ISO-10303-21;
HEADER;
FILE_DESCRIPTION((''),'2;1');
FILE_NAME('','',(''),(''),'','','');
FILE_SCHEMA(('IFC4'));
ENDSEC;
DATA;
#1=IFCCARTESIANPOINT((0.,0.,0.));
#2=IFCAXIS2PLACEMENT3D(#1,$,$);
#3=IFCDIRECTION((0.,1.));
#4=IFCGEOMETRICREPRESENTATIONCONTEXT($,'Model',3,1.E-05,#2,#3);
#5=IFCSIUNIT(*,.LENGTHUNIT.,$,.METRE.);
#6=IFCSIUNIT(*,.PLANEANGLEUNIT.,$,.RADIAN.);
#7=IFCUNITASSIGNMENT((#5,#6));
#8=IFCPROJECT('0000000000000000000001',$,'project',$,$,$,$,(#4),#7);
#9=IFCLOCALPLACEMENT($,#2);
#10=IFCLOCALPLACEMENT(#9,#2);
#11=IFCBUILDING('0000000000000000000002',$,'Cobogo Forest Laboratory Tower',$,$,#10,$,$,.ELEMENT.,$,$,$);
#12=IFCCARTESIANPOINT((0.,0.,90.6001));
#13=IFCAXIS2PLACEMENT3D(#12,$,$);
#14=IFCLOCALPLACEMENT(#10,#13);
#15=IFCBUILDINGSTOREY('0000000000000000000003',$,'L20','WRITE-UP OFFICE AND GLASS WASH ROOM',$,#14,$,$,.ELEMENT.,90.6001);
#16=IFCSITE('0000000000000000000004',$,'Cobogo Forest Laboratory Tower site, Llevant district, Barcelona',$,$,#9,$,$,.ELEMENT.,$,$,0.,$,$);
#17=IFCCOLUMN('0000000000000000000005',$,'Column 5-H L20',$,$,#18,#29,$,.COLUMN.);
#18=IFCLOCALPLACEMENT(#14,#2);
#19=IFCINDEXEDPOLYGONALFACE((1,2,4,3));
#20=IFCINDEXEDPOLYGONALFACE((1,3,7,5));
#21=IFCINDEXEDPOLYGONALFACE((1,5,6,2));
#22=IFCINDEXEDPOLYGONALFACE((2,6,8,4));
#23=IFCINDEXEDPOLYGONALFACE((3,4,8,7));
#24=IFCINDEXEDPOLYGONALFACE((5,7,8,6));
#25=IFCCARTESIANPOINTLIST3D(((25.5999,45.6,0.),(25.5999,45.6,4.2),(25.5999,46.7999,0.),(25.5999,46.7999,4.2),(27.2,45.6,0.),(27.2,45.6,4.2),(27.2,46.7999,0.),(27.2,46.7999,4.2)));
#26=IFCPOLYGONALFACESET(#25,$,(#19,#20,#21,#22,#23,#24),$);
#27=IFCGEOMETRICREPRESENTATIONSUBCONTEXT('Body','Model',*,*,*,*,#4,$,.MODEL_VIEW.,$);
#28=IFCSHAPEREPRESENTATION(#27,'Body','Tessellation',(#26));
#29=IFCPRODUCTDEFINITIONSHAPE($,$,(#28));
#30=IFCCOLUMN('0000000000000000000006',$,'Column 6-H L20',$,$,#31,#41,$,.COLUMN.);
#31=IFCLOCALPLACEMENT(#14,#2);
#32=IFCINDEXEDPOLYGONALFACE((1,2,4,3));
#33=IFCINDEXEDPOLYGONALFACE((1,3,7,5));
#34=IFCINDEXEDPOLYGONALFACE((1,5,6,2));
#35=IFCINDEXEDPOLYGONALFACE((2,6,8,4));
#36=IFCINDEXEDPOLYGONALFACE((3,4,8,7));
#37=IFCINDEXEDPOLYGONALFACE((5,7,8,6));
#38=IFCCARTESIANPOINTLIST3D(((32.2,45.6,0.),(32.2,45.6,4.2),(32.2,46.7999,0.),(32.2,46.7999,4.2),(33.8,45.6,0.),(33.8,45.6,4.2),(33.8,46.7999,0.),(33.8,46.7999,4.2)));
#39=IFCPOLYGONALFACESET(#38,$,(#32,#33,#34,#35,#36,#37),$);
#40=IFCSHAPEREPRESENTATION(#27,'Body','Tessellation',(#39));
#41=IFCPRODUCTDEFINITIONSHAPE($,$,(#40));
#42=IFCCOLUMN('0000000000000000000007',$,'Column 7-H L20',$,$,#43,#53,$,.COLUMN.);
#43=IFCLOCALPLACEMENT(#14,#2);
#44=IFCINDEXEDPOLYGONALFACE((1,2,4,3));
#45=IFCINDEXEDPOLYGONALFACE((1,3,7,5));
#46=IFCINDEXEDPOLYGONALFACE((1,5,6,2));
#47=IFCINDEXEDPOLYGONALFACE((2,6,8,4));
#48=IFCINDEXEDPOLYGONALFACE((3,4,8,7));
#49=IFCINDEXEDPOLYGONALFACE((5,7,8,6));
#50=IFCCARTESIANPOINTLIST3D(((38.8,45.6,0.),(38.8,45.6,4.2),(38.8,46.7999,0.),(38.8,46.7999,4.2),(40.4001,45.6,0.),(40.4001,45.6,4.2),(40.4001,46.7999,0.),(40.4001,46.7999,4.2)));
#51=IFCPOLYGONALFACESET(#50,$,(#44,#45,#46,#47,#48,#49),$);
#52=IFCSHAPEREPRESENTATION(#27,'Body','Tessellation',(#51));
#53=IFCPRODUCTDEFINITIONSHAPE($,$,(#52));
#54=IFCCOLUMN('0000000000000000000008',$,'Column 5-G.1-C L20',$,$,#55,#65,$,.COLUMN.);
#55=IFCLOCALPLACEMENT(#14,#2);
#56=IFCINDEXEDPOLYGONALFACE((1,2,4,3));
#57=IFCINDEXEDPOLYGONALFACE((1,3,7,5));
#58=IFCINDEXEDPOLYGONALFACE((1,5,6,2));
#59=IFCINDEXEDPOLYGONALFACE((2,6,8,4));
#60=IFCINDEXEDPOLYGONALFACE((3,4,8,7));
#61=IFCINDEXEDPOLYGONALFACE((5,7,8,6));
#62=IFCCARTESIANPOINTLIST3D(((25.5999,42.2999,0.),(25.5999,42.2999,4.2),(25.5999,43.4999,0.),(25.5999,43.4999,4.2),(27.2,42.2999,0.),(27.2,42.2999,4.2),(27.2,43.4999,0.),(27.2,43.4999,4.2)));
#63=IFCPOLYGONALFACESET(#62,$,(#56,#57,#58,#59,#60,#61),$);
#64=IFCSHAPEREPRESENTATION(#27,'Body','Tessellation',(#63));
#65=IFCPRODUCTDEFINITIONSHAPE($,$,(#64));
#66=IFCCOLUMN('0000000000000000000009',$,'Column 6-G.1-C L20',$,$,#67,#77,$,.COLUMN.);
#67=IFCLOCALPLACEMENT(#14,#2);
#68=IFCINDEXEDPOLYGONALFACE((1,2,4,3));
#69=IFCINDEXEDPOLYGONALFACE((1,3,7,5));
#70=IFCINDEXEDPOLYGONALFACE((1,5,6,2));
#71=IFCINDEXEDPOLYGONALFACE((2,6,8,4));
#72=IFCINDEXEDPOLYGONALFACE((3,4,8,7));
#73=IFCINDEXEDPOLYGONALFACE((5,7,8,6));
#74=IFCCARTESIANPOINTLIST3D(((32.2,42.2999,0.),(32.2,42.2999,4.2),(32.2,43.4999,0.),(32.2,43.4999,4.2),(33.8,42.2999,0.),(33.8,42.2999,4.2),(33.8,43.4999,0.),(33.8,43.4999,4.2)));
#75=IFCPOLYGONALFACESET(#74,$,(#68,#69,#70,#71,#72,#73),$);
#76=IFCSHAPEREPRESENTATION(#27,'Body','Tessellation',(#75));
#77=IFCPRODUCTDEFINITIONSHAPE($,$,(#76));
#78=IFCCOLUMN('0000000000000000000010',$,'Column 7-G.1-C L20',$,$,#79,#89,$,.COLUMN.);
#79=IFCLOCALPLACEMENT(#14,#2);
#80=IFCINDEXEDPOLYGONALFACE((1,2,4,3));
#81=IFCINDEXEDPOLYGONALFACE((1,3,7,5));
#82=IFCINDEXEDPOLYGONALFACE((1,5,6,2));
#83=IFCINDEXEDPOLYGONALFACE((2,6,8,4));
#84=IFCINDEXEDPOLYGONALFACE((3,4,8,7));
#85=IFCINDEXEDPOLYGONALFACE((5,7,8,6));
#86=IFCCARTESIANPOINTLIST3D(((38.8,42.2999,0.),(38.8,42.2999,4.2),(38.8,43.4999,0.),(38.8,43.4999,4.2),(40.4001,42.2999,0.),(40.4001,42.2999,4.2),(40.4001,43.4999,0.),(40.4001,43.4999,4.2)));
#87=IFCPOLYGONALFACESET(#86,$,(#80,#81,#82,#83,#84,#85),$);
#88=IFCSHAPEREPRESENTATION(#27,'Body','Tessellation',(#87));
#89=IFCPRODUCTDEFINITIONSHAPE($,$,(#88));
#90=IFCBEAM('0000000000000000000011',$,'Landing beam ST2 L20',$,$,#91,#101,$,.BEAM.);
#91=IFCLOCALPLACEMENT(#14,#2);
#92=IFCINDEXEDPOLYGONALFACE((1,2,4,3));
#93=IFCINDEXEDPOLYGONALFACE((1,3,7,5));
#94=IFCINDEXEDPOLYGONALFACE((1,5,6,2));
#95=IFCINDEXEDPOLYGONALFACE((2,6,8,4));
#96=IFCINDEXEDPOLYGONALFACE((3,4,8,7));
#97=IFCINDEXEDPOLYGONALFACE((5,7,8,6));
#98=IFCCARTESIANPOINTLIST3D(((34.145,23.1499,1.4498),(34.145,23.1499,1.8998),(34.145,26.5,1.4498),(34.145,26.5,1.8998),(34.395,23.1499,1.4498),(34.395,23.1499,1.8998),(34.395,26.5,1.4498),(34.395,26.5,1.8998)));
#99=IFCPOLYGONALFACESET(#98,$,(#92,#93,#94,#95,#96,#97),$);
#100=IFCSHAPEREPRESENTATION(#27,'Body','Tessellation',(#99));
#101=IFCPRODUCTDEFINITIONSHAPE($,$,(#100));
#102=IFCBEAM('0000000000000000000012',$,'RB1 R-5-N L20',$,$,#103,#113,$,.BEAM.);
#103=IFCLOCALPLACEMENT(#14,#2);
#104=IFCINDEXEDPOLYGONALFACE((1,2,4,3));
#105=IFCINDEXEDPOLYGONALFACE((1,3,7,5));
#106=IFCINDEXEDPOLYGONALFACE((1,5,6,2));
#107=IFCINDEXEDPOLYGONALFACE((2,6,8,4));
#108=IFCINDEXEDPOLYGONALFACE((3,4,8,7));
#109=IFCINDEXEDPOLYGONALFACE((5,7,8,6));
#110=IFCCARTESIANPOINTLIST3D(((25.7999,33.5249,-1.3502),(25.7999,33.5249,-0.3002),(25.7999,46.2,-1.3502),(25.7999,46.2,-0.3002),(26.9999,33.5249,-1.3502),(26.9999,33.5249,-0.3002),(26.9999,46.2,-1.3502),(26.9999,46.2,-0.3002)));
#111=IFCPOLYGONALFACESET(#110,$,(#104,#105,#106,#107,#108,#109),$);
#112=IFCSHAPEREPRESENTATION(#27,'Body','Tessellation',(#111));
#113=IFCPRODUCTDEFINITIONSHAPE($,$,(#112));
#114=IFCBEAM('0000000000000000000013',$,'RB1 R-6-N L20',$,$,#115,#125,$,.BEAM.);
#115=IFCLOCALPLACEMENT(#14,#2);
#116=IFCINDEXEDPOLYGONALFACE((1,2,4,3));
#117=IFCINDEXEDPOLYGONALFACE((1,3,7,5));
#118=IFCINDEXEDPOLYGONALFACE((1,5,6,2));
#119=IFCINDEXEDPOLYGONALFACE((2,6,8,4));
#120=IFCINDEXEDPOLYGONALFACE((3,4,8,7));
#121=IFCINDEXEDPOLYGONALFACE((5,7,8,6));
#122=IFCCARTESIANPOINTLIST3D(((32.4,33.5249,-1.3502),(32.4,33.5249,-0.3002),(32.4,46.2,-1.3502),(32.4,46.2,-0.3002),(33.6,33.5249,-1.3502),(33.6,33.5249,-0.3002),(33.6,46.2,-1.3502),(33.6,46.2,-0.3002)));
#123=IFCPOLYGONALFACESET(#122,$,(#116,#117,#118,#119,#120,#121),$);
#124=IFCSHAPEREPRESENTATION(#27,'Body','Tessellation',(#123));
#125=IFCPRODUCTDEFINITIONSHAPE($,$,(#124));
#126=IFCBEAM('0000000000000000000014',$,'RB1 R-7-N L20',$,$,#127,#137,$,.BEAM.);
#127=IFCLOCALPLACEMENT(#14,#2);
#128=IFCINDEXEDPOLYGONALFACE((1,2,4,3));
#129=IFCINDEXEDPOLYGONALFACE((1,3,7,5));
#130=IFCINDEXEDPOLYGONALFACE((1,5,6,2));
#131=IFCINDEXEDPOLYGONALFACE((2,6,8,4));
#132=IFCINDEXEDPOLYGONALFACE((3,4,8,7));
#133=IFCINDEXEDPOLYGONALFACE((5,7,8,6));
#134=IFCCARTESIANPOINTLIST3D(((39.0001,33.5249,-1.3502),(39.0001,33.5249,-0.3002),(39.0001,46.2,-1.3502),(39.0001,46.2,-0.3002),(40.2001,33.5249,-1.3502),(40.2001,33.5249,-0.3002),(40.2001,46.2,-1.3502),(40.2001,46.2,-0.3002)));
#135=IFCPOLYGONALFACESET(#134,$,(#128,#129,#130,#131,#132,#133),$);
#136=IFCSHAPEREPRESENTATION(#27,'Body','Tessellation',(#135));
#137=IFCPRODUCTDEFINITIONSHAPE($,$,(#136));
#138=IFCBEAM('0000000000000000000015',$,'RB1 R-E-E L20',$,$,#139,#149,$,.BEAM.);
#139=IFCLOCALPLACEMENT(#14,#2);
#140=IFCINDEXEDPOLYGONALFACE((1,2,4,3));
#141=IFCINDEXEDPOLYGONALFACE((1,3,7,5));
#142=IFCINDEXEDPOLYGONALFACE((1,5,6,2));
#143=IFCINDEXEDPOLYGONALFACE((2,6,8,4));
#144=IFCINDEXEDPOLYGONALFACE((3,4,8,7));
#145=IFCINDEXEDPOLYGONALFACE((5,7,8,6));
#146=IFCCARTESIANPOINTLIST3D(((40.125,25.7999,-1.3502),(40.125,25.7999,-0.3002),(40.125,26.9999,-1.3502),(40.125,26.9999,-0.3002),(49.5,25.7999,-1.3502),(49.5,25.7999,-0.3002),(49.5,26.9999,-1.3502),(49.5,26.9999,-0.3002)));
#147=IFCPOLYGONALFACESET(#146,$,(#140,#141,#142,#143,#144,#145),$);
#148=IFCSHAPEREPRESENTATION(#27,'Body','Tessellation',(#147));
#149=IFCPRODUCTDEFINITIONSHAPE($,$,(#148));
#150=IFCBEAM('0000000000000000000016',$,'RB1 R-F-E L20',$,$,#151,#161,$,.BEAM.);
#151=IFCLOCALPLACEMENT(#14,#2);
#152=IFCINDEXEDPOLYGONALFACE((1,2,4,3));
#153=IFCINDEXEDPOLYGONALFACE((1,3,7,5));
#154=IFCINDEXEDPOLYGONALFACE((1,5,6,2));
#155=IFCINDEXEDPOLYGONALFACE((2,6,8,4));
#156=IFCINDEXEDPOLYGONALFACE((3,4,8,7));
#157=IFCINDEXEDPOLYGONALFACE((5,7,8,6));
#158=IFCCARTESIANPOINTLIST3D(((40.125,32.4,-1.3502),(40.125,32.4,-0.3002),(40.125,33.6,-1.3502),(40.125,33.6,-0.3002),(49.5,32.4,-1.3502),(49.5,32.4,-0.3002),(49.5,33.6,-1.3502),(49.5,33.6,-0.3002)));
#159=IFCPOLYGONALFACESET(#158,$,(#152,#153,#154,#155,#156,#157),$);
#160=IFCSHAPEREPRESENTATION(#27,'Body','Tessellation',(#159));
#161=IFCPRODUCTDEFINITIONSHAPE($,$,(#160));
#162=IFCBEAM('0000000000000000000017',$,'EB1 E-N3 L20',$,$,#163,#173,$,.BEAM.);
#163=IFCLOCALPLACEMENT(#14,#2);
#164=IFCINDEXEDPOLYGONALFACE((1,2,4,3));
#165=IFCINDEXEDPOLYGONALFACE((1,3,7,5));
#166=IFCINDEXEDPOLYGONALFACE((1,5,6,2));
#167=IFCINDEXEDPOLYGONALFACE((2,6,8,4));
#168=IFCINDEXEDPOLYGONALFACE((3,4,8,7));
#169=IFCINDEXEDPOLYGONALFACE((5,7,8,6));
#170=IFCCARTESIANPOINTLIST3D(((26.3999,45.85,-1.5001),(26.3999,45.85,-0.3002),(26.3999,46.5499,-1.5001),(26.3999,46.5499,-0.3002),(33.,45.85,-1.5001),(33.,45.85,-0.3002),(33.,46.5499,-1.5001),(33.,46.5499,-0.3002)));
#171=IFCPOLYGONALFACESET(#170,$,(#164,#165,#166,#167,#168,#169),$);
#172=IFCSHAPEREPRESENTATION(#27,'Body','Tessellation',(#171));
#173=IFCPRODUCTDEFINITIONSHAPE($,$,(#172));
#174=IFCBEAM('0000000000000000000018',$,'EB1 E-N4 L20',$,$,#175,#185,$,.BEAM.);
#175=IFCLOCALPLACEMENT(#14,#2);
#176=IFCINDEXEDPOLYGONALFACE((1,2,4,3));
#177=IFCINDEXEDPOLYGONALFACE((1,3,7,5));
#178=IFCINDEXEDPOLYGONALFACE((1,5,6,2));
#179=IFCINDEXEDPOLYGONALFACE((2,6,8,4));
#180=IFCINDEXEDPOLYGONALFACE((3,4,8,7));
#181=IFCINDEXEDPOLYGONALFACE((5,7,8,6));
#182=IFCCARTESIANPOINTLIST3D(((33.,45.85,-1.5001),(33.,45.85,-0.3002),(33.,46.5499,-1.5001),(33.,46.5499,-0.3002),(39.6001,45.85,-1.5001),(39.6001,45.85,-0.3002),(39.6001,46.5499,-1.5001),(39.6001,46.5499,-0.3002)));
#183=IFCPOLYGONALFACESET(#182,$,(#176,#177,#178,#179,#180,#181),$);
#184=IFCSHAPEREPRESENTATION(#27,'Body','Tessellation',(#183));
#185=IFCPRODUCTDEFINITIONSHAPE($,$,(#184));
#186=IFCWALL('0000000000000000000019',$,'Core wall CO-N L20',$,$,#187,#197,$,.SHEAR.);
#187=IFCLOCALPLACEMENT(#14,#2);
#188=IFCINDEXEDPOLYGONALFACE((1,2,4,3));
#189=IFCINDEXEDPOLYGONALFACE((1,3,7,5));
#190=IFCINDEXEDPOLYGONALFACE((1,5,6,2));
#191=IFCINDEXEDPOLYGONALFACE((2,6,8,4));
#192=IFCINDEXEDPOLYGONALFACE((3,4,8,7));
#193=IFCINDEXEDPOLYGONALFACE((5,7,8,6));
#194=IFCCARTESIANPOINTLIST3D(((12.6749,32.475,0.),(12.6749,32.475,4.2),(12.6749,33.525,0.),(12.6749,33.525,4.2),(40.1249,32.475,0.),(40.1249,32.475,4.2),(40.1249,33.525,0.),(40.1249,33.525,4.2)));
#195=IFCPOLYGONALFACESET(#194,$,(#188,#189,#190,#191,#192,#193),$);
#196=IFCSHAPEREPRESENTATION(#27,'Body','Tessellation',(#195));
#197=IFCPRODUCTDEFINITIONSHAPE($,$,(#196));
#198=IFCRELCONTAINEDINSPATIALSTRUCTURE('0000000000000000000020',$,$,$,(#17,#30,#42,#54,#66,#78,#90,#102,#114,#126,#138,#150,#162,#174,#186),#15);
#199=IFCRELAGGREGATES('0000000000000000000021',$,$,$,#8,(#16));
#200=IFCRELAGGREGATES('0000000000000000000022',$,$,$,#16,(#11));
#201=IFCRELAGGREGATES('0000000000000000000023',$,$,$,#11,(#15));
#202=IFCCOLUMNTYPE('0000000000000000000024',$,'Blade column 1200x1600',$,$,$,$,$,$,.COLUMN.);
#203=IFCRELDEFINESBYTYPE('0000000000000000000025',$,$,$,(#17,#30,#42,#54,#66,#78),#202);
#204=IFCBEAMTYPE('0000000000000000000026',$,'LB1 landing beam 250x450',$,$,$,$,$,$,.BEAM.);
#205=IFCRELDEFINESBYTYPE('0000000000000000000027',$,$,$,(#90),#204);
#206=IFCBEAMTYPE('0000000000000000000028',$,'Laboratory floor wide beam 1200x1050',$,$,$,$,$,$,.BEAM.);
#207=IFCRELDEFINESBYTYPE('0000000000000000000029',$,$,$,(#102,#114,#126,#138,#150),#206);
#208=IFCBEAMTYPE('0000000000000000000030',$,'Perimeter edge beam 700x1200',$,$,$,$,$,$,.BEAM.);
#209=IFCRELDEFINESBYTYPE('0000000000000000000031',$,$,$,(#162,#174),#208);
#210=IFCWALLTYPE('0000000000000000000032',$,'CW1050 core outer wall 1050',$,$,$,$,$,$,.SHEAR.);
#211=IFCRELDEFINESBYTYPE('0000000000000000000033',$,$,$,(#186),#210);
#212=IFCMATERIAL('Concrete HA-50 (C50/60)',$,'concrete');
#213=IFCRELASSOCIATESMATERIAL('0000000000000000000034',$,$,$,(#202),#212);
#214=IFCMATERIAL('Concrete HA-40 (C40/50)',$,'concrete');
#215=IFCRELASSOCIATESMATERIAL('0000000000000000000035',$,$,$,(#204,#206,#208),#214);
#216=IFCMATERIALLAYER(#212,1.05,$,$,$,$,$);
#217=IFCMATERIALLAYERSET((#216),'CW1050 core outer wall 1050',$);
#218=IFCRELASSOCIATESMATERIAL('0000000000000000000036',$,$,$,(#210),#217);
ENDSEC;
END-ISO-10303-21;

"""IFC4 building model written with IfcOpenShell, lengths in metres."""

from ifc_helpers import new_model, si_unit, direction, frame, frame_2d, origin, origin_2d, place, context, subcontext, project, spatial, rectangle, extrude, material, layer, layer_set, material_profile, profile_set, type_object, element, save


model = new_model("IFC4")

# Units and contexts
model_context = context("Model", 3, precision=1e-05, world=origin(), true_north=direction((0.0, 1.0)))
body_context = subcontext(model_context, "Body", "Model", "MODEL_VIEW")
ifc_project = project(units=[si_unit("LENGTHUNIT", "METRE"), si_unit("PLANEANGLEUNIT", "RADIAN")], contexts=[model_context])

# Site, building, storey
site_placement = place(None, origin())
site = spatial("IfcSite", under=ifc_project, at=site_placement, Name="Cobogo Forest Laboratory Tower site, Llevant district, Barcelona", CompositionType="ELEMENT", RefElevation=0.0)
building_placement = place(site_placement, origin())
building = spatial("IfcBuilding", under=site, at=building_placement, Name="Cobogo Forest Laboratory Tower", CompositionType="ELEMENT")
storey_placement = place(building_placement, frame((0.0, 0.0, 90.6001)))
storey = spatial("IfcBuildingStorey", under=building, at=storey_placement, Name="L20", Description="WRITE-UP OFFICE AND GLASS WASH ROOM", CompositionType="ELEMENT", Elevation=90.6001)

# Columns
ifc_material_1 = material(Name="Concrete HA-50 (C50/60)", Category="concrete")
ifc_material_profile_1 = material_profile(ifc_material_1, rectangle(XDim=1.6001, YDim=1.2, at=origin_2d()), Name="RC 1200x1600")
ifc_profile_set_1 = profile_set([ifc_material_profile_1], Name="Concrete HA-50 (C50/60)")
column_type = type_object("IfcColumnType", Name="Blade column 1200x1600", PredefinedType="COLUMN", material=ifc_profile_set_1)
for number, where, z_axis, x_axis, name in (
    (1, (26.3999, 46.2, 0.0), (0.0, 0.0, 1.0), (1.0, 0.0, 0.0), "Column 5-H L20"),
    (2, (33.0, 46.2, 0.0), (0.0, 0.0, 1.0), (1.0, 0.0, 0.0), "Column 6-H L20"),
    (3, (39.6001, 46.2, 0.0), (0.0, 0.0, 1.0), (1.0, 0.0, 0.0), "Column 7-H L20"),
    (4, (26.3999, 42.8999, 0.0), (0.0, 0.0, 1.0), (1.0, 0.0, 0.0), "Column 5-G.1-C L20"),
    (5, (33.0, 42.8999, 0.0), (0.0, 0.0, 1.0), (1.0, 0.0, 0.0), "Column 6-G.1-C L20"),
    (6, (39.6001, 42.8999, 0.0), (0.0, 0.0, 1.0), (1.0, 0.0, 0.0), "Column 7-G.1-C L20"),
):
    element("IfcColumn", number, at=place(storey_placement, frame(where, z_axis=z_axis, x_axis=x_axis)), inside=storey, type_object=column_type, Name=name, PredefinedType="COLUMN", context=body_context, shape_type="SweptSolid", body=[
        extrude(rectangle(XDim=1.6001, YDim=1.2, at=origin_2d()), origin(), (0.0, 0.0, 1.0), 4.2),
    ])

# Beams
ifc_material_2 = material(Name="Concrete HA-40 (C40/50)", Category="concrete")
ifc_material_profile_2 = material_profile(ifc_material_2, rectangle(XDim=0.25, YDim=0.45, at=origin_2d()), Name="RC 250x450")
ifc_profile_set_2 = profile_set([ifc_material_profile_2], Name="Concrete HA-40 (C40/50)")
beam_type_1 = type_object("IfcBeamType", Name="LB1 landing beam 250x450", PredefinedType="BEAM", material=ifc_profile_set_2)
beam_placement = place(storey_placement, frame((34.27, 23.1499, 1.6748), z_axis=(0.0, 1.0, 0.0), x_axis=(-1.0, 0.0, 0.0)))
element("IfcBeam", 7, at=beam_placement, inside=storey, type_object=beam_type_1, Name="Landing beam ST2 L20", PredefinedType="BEAM", context=body_context, shape_type="SweptSolid", body=[
    extrude(rectangle(XDim=0.25, YDim=0.45, at=origin_2d()), origin(), (0.0, 0.0, 1.0), 3.3501),
])
ifc_material_profile_3 = material_profile(ifc_material_2, rectangle(XDim=1.2, YDim=1.05, at=origin_2d()), Name="RC 1200x1050")
ifc_profile_set_3 = profile_set([ifc_material_profile_3], Name="Concrete HA-40 (C40/50)")
beam_type_2 = type_object("IfcBeamType", Name="Laboratory floor wide beam 1200x1050", PredefinedType="BEAM", material=ifc_profile_set_3)
for number, where, z_axis, x_axis, name in (
    (8, (26.3999, 33.5249, -0.8252), (0.0, 1.0, 0.0), (-1.0, 0.0, 0.0), "RB1 R-5-N L20"),
    (9, (33.0, 33.5249, -0.8252), (0.0, 1.0, 0.0), (-1.0, 0.0, 0.0), "RB1 R-6-N L20"),
    (10, (39.6001, 33.5249, -0.8252), (0.0, 1.0, 0.0), (-1.0, 0.0, 0.0), "RB1 R-7-N L20"),
):
    element("IfcBeam", number, at=place(storey_placement, frame(where, z_axis=z_axis, x_axis=x_axis)), inside=storey, type_object=beam_type_2, Name=name, PredefinedType="BEAM", context=body_context, shape_type="SweptSolid", body=[
        extrude(rectangle(XDim=1.2, YDim=1.05, at=origin_2d()), origin(), (0.0, 0.0, 1.0), 12.675),
    ])
for number, where, z_axis, x_axis, name in (
    (11, (40.125, 26.3999, -0.8252), (1.0, 0.0, 0.0), (0.0, 1.0, 0.0), "RB1 R-E-E L20"),
    (12, (40.125, 33.0, -0.8252), (1.0, 0.0, 0.0), (0.0, 1.0, 0.0), "RB1 R-F-E L20"),
):
    element("IfcBeam", number, at=place(storey_placement, frame(where, z_axis=z_axis, x_axis=x_axis)), inside=storey, type_object=beam_type_2, Name=name, PredefinedType="BEAM", context=body_context, shape_type="SweptSolid", body=[
        extrude(rectangle(XDim=1.2, YDim=1.05, at=origin_2d()), origin(), (0.0, 0.0, 1.0), 9.375),
    ])
ifc_material_profile_4 = material_profile(ifc_material_2, rectangle(XDim=0.7, YDim=1.2, at=origin_2d()), Name="RC 700x1200")
ifc_profile_set_4 = profile_set([ifc_material_profile_4], Name="Concrete HA-40 (C40/50)")
beam_type_3 = type_object("IfcBeamType", Name="Perimeter edge beam 700x1200", PredefinedType="BEAM", material=ifc_profile_set_4)
for number, where, z_axis, x_axis, name in (
    (13, (26.3999, 46.2, -0.9001), (1.0, 0.0, 0.0), (0.0, 1.0, 0.0), "EB1 E-N3 L20"),
    (14, (33.0, 46.2, -0.9001), (1.0, 0.0, 0.0), (0.0, 1.0, 0.0), "EB1 E-N4 L20"),
):
    element("IfcBeam", number, at=place(storey_placement, frame(where, z_axis=z_axis, x_axis=x_axis)), inside=storey, type_object=beam_type_3, Name=name, PredefinedType="BEAM", context=body_context, shape_type="SweptSolid", body=[
        extrude(rectangle(XDim=0.7, YDim=1.2, at=origin_2d()), origin(), (0.0, 0.0, 1.0), 6.6001),
    ])

# Wall
ifc_layer_1 = layer(ifc_material_1, 1.05)
ifc_layer_set_1 = layer_set([ifc_layer_1], Name="CW1050 core outer wall 1050")
wall_type_1 = type_object("IfcWallType", Name="CW1050 core outer wall 1050", PredefinedType="SHEAR", material=ifc_layer_set_1)
wall_1_placement = place(storey_placement, frame((40.125, 33.0, 0.0), z_axis=(0.0, 0.0, 1.0), x_axis=(-1.0, 0.0, 0.0)))
element("IfcWall", 15, at=wall_1_placement, inside=storey, type_object=wall_type_1, Name="Core wall CO-N L20", PredefinedType="SHEAR", context=body_context, shape_type="SweptSolid", body=[
    extrude(rectangle(XDim=27.45, YDim=1.05, at=frame_2d((13.7251, 0.0))), origin(), (0.0, 0.0, 1.0), 4.2),
])

save(model, "model.ifc")
